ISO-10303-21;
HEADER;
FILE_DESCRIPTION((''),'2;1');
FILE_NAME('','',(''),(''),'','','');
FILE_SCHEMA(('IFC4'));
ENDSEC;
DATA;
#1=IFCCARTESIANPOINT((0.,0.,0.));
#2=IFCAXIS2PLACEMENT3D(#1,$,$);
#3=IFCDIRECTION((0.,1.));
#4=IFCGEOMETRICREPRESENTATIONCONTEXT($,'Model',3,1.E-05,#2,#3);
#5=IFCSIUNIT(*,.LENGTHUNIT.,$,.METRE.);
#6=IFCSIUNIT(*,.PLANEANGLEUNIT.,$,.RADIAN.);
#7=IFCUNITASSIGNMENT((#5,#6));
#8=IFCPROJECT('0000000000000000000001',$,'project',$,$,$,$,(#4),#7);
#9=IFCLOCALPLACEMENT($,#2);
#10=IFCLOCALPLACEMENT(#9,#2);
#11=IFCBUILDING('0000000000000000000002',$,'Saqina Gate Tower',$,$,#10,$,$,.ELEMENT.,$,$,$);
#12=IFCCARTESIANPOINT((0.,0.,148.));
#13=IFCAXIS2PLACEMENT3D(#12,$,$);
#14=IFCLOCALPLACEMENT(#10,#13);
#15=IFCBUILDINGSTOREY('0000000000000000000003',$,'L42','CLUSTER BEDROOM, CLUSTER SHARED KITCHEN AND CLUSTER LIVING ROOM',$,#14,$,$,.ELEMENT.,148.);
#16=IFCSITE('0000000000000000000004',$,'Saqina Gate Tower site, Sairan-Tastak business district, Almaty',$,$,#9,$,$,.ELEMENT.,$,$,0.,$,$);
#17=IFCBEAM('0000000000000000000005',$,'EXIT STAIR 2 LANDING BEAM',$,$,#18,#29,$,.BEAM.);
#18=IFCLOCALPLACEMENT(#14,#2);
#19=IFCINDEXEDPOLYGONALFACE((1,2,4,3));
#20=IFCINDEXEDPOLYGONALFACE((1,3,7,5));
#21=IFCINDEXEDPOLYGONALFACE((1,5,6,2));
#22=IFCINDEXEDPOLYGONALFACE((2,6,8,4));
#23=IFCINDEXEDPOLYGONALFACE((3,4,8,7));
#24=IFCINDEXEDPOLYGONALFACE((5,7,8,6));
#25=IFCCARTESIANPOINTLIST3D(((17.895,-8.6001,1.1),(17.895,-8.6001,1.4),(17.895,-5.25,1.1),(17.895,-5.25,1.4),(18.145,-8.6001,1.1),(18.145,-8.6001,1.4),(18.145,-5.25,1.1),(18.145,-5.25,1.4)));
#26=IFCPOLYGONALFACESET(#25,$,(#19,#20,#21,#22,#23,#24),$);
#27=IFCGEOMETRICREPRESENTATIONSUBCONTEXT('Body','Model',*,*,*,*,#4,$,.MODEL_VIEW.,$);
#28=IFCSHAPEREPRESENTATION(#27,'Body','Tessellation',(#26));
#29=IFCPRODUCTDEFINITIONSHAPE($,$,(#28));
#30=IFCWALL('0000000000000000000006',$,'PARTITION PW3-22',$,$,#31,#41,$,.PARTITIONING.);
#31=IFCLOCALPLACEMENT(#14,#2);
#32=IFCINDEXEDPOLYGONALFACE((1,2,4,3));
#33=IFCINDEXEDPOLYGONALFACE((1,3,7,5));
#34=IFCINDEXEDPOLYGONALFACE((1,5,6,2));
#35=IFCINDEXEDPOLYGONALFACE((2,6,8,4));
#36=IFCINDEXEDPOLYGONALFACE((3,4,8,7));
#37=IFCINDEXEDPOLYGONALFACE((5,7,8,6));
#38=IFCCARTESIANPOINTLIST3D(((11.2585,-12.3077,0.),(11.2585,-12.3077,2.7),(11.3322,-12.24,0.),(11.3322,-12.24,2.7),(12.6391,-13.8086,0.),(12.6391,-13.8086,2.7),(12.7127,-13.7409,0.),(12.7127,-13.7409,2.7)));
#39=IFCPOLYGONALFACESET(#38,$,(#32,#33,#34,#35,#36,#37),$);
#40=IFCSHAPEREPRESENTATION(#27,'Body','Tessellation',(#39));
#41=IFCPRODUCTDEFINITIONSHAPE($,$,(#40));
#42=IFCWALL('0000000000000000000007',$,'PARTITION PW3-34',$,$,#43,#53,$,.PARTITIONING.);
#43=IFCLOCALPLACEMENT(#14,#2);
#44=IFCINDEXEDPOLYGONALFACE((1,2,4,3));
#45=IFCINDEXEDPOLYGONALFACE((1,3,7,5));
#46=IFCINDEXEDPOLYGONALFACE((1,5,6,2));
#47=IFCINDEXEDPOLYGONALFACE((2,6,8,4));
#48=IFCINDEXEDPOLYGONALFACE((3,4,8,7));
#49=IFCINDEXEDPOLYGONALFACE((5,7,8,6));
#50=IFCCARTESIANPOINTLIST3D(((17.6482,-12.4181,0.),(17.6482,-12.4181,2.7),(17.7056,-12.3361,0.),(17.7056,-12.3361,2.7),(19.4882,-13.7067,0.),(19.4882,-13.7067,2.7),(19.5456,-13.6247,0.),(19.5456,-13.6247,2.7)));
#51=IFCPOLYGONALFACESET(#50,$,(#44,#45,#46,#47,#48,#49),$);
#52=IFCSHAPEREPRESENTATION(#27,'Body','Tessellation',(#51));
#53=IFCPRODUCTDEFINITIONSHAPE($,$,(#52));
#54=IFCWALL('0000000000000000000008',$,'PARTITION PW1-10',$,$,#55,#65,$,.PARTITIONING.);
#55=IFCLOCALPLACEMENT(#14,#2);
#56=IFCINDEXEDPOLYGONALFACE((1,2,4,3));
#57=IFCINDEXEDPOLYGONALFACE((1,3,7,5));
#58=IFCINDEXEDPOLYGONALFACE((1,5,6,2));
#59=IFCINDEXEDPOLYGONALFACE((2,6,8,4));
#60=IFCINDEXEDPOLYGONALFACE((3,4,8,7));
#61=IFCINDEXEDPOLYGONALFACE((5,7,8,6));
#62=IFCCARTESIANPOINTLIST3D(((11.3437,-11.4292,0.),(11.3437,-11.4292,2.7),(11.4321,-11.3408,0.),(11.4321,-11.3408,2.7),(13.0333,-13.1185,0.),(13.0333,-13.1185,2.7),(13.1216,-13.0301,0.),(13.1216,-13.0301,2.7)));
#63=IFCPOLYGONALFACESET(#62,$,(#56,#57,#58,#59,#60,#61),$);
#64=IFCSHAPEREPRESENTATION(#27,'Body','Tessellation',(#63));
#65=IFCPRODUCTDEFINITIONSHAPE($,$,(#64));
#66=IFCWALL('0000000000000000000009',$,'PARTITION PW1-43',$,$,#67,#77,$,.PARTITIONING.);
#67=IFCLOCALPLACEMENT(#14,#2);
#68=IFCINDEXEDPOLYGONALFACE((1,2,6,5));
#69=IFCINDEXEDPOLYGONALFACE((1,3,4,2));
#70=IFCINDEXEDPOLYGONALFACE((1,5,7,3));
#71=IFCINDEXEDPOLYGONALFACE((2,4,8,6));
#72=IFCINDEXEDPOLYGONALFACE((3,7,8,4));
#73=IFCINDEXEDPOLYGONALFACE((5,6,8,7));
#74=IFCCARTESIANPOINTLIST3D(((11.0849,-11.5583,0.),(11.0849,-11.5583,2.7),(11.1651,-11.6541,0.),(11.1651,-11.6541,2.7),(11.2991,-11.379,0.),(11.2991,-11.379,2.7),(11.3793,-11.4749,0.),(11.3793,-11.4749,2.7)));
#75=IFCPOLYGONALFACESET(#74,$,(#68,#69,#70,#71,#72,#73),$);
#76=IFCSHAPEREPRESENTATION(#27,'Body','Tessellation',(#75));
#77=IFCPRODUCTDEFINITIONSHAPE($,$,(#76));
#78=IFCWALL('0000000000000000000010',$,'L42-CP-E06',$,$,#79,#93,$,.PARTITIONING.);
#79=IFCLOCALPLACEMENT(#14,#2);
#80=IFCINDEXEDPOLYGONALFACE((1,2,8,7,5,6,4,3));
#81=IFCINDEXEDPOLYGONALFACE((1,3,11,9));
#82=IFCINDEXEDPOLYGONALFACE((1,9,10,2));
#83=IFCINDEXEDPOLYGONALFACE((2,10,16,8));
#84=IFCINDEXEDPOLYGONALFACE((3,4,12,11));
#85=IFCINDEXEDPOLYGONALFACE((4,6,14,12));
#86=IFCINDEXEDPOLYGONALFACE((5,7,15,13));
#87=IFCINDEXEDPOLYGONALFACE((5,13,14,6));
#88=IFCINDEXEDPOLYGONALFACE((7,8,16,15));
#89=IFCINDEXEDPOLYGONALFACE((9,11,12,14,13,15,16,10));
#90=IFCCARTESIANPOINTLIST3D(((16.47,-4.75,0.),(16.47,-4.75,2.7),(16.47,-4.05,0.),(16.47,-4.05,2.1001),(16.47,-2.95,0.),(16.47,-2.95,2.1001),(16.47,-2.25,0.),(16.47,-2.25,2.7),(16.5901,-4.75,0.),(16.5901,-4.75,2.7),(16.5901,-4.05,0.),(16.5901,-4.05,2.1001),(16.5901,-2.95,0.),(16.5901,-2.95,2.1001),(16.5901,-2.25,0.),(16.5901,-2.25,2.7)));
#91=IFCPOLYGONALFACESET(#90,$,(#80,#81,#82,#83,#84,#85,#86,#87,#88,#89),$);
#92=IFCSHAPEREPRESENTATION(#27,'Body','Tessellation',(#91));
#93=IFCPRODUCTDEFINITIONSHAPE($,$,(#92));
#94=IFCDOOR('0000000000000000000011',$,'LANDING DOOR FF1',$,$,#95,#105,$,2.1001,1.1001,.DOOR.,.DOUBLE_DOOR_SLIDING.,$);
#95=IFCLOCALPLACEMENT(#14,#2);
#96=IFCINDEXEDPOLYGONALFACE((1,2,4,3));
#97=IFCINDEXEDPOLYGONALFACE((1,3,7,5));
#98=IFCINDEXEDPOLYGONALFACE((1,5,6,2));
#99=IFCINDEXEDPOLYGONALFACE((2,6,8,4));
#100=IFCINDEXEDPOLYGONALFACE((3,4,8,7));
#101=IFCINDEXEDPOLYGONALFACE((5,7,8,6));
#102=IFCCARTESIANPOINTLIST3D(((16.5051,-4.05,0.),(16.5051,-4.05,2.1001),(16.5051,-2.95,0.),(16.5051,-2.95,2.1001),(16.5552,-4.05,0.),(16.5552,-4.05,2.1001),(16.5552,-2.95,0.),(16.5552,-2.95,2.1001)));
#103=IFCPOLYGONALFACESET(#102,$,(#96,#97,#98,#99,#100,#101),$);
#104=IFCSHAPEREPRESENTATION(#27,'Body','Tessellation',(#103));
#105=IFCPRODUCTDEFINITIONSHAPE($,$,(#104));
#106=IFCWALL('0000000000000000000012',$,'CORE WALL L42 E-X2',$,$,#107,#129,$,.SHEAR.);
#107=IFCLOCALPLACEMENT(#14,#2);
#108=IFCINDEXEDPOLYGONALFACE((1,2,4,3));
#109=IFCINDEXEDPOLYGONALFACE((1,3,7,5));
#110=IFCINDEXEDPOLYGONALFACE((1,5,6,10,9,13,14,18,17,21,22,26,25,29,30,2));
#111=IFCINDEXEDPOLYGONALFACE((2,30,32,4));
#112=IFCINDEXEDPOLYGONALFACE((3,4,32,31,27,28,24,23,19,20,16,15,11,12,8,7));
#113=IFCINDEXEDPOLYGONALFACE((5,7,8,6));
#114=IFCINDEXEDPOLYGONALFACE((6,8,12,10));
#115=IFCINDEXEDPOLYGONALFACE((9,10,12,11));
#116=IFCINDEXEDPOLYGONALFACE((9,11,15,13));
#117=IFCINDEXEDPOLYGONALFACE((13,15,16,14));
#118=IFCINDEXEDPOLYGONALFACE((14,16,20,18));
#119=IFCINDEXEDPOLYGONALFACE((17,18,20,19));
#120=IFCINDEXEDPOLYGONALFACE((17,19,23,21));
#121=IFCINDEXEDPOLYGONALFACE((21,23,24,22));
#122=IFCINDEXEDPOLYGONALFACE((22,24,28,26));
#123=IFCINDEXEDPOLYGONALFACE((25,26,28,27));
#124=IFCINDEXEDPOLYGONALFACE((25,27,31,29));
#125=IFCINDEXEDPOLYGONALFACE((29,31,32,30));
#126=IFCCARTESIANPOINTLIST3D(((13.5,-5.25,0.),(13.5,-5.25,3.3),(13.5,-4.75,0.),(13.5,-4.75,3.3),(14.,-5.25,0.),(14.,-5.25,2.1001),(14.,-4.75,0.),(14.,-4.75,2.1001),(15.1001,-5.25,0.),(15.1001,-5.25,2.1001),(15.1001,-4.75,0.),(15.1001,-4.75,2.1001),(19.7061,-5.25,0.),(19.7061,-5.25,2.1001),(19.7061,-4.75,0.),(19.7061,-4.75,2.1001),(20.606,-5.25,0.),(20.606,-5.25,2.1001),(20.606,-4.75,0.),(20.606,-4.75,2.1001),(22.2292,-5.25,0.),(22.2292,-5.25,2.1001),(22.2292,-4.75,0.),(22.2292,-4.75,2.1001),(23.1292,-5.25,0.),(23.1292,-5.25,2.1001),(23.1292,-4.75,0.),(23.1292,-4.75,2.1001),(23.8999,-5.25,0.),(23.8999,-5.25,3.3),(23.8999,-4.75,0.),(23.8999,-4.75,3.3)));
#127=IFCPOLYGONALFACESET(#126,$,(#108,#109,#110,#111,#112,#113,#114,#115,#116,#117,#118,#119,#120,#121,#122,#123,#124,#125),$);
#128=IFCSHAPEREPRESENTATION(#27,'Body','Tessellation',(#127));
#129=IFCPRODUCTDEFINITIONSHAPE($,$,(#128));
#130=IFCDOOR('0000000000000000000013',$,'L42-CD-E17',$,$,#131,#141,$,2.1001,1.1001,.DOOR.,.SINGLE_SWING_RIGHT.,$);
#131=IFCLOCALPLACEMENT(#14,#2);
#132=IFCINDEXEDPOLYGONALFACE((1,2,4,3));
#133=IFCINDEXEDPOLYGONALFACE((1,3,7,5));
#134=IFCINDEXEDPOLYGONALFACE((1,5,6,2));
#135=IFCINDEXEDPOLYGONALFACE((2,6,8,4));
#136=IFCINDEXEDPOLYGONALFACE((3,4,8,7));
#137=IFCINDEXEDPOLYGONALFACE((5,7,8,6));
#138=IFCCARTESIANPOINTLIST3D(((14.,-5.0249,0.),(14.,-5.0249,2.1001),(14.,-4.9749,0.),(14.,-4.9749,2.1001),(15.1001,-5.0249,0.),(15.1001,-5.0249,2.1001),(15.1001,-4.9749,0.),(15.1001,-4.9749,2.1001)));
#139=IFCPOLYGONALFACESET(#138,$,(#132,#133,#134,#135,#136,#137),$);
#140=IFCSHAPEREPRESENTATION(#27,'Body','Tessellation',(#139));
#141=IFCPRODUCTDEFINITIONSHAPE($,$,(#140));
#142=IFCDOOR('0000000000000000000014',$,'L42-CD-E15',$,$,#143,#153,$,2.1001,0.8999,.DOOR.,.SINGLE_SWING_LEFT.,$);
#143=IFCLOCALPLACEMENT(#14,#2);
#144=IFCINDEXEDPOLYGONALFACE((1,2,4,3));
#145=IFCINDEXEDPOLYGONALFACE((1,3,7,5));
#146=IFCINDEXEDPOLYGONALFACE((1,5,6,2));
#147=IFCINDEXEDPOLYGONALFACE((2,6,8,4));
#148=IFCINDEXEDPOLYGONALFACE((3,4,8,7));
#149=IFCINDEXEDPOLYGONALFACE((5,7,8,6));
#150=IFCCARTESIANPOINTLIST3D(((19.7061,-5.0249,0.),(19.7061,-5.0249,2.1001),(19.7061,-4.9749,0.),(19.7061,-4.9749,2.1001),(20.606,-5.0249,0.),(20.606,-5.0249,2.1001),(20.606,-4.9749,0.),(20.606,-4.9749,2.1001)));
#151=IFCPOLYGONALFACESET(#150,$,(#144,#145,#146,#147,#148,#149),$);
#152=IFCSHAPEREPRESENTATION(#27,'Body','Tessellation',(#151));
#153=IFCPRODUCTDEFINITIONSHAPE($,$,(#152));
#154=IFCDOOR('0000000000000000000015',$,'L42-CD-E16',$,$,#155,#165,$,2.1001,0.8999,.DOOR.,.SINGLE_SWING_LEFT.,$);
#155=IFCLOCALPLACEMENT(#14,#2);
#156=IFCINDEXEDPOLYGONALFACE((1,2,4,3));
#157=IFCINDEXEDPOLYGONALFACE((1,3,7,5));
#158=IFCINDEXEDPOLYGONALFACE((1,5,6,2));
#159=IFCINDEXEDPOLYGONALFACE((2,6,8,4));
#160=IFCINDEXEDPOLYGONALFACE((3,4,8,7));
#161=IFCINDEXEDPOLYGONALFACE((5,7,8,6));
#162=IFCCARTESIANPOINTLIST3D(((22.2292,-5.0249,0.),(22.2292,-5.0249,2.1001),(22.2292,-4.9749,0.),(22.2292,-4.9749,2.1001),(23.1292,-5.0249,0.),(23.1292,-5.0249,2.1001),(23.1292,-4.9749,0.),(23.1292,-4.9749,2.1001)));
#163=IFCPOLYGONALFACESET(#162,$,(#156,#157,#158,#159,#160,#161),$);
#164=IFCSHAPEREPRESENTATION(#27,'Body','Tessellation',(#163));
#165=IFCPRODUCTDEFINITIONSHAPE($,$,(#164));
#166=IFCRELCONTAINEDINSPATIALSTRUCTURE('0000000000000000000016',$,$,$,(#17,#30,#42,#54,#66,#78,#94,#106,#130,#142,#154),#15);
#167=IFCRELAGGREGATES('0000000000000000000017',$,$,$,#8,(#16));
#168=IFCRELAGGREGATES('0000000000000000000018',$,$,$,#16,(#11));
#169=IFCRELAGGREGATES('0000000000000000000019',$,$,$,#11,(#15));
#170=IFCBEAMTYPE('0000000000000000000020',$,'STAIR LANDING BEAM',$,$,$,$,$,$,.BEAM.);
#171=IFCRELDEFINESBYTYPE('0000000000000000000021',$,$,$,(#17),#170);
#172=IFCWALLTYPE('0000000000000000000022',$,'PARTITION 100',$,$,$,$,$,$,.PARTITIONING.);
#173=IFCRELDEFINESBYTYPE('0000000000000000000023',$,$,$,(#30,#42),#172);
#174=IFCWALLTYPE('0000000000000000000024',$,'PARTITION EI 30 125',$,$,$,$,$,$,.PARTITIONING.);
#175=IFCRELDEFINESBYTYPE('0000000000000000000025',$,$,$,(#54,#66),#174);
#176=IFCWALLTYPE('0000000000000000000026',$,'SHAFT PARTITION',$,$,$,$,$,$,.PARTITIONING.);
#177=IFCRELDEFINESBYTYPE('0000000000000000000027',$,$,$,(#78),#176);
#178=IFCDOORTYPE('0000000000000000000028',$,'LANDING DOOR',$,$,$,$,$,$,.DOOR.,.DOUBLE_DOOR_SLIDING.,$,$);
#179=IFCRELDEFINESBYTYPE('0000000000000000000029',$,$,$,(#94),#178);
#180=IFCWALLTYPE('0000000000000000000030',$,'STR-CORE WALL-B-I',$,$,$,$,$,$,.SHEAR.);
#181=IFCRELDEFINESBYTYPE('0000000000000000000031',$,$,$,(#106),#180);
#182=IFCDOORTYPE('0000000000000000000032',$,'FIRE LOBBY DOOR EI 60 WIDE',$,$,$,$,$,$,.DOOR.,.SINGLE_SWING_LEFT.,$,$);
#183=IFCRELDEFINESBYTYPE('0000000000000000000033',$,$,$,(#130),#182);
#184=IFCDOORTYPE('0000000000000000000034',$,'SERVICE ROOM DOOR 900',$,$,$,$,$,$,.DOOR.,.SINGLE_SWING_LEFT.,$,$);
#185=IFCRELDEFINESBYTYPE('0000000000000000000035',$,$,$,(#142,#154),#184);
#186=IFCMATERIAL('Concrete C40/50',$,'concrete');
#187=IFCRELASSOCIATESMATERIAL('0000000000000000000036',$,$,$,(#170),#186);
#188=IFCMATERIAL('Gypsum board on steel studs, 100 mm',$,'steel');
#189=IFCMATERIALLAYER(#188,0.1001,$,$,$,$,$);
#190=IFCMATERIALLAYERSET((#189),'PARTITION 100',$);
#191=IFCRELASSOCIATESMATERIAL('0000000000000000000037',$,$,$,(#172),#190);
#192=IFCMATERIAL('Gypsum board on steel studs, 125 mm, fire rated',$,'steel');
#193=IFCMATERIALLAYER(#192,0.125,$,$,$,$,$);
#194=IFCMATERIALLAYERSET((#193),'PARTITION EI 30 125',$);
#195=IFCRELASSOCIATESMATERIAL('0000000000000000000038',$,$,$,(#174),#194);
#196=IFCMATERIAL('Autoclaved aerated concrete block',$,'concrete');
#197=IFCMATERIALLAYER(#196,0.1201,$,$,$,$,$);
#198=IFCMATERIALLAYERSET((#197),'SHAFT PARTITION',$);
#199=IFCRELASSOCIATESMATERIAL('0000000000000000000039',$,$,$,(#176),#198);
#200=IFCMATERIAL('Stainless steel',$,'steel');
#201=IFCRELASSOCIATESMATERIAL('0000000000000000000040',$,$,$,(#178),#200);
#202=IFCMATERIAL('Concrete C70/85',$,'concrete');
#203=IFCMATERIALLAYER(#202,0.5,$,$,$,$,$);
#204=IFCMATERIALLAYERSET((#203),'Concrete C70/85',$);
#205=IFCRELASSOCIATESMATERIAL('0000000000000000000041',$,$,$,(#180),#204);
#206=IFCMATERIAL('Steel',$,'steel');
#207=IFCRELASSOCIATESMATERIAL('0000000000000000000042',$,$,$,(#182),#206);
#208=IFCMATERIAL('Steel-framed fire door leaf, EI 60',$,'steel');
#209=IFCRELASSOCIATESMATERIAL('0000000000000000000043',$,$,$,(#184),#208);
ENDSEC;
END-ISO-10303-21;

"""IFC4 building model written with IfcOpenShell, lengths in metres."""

from ifc_helpers import new_model, si_unit, direction, frame, frame_2d, origin, origin_2d, place, context, subcontext, project, spatial, rectangle, extrude, material, layer, layer_set, material_profile, profile_set, type_object, element, fill, save


model = new_model("IFC4")

# Units and contexts
model_context = context("Model", 3, precision=1e-05, world=origin(), true_north=direction((0.0, 1.0)))
body_context = subcontext(model_context, "Body", "Model", "MODEL_VIEW")
ifc_project = project(units=[si_unit("LENGTHUNIT", "METRE"), si_unit("PLANEANGLEUNIT", "RADIAN")], contexts=[model_context])

# Site, building, storey
site_placement = place(None, origin())
site = spatial("IfcSite", under=ifc_project, at=site_placement, Name="Saqina Gate Tower site, Sairan-Tastak business district, Almaty", CompositionType="ELEMENT", RefElevation=0.0)
building_placement = place(site_placement, origin())
building = spatial("IfcBuilding", under=site, at=building_placement, Name="Saqina Gate Tower", CompositionType="ELEMENT")
storey_placement = place(building_placement, frame((0.0, 0.0, 148.0)))
storey = spatial("IfcBuildingStorey", under=building, at=storey_placement, Name="L42", Description="CLUSTER BEDROOM, CLUSTER SHARED KITCHEN AND CLUSTER LIVING ROOM", CompositionType="ELEMENT", Elevation=148.0)

# Beam
ifc_material_1 = material(Name="Concrete C40/50", Category="concrete")
ifc_material_profile = material_profile(ifc_material_1, rectangle(XDim=0.25, YDim=0.3, at=origin_2d()), Name="STAIR LANDING BEAM")
ifc_profile_set = profile_set([ifc_material_profile], Name="Concrete C40/50")
beam_type = type_object("IfcBeamType", Name="STAIR LANDING BEAM", PredefinedType="BEAM", material=ifc_profile_set)
beam_placement = place(storey_placement, frame((18.02, -8.6001, 1.25), z_axis=(0.0, 1.0, 0.0), x_axis=(-1.0, 0.0, 0.0)))
element("IfcBeam", 1, at=beam_placement, inside=storey, type_object=beam_type, Name="EXIT STAIR 2 LANDING BEAM", PredefinedType="BEAM", context=body_context, shape_type="SweptSolid", body=[
    extrude(rectangle(XDim=0.25, YDim=0.3, at=origin_2d()), origin(), (0.0, 0.0, 1.0), 3.3501),
])

# Walls
ifc_material_2 = material(Name="Gypsum board on steel studs, 100 mm", Category="steel")
ifc_layer_1 = layer(ifc_material_2, 0.1001)
ifc_layer_set_1 = layer_set([ifc_layer_1], Name="PARTITION 100")
wall_type_1 = type_object("IfcWallType", Name="PARTITION 100", PredefinedType="PARTITIONING", material=ifc_layer_set_1)
wall_1_placement = place(storey_placement, frame((11.2954, -12.2739, 0.0), z_axis=(0.0, 0.0, 1.0), x_axis=(0.676981, -0.736, 0.0)))
element("IfcWall", 2, at=wall_1_placement, inside=storey, type_object=wall_type_1, Name="PARTITION PW3-22", PredefinedType="PARTITIONING", context=body_context, shape_type="SweptSolid", body=[
    extrude(rectangle(XDim=2.0393, YDim=0.1001, at=frame_2d((1.0195, 0.0))), origin(), (0.0, 0.0, 1.0), 2.7),
])
wall_2_placement = place(storey_placement, frame((17.677, -12.3772, 0.0), z_axis=(0.0, 0.0, 1.0), x_axis=(0.819125, -0.573616, 0.0)))
element("IfcWall", 3, at=wall_2_placement, inside=storey, type_object=wall_type_1, Name="PARTITION PW3-34", PredefinedType="PARTITIONING", context=body_context, shape_type="SweptSolid", body=[
    extrude(rectangle(XDim=2.2463, YDim=0.1001, at=frame_2d((1.123, 0.0))), origin(), (0.0, 0.0, 1.0), 2.7),
])
ifc_material_3 = material(Name="Gypsum board on steel studs, 125 mm, fire rated", Category="steel")
ifc_layer_2 = layer(ifc_material_3, 0.125)
ifc_layer_set_2 = layer_set([ifc_layer_2], Name="PARTITION EI 30 125")
wall_type_2 = type_object("IfcWallType", Name="PARTITION EI 30 125", PredefinedType="PARTITIONING", material=ifc_layer_set_2)
wall_3_placement = place(storey_placement, frame((11.3879, -11.385, 0.0), z_axis=(0.0, 0.0, 1.0), x_axis=(0.707158, -0.707056, 0.0)))
element("IfcWall", 4, at=wall_3_placement, inside=storey, type_object=wall_type_2, Name="PARTITION PW1-10", PredefinedType="PARTITIONING", context=body_context, shape_type="SweptSolid", body=[
    extrude(rectangle(XDim=2.3892, YDim=0.125, at=frame_2d((1.1946, 0.0))), origin(), (0.0, 0.0, 1.0), 2.7),
])
wall_4_placement = place(storey_placement, frame((11.125, -11.6062, 0.0), z_axis=(0.0, 0.0, 1.0), x_axis=(0.766858, 0.641817, 0.0)))
element("IfcWall", 5, at=wall_4_placement, inside=storey, type_object=wall_type_2, Name="PARTITION PW1-43", PredefinedType="PARTITIONING", context=body_context, shape_type="SweptSolid", body=[
    extrude(rectangle(XDim=0.2793, YDim=0.125, at=frame_2d((0.1396, 0.0))), origin(), (0.0, 0.0, 1.0), 2.7),
])

# Wall, opening, door
ifc_material_4 = material(Name="Autoclaved aerated concrete block", Category="concrete")
ifc_layer_3 = layer(ifc_material_4, 0.1201)
ifc_layer_set_3 = layer_set([ifc_layer_3], Name="SHAFT PARTITION")
wall_type_3 = type_object("IfcWallType", Name="SHAFT PARTITION", PredefinedType="PARTITIONING", material=ifc_layer_set_3)
wall_5_placement = place(storey_placement, frame((16.53, -4.75, 0.0), z_axis=(0.0, 0.0, 1.0), x_axis=(0.0, 1.0, 0.0)))
wall_5 = element("IfcWall", 6, at=wall_5_placement, inside=storey, type_object=wall_type_3, Name="L42-CP-E06", PredefinedType="PARTITIONING", context=body_context, shape_type="SweptSolid", body=[
    extrude(rectangle(XDim=2.5, YDim=0.1201, at=frame_2d((1.25, 0.0))), origin(), (0.0, 0.0, 1.0), 2.7),
])
opening_1_placement = place(wall_5_placement, frame((0.7, 0.0, 0.0)))
opening_1 = element("IfcOpeningElement", 7, at=opening_1_placement, cuts=wall_5, PredefinedType="OPENING", context=body_context, shape_type="SweptSolid", body=[
    extrude(rectangle(XDim=1.1001, YDim=2.1001, at=frame_2d((0.55, 1.05))), frame((0.0, 0.072, 0.0), z_axis=(0.0, -1.0, 0.0), x_axis=(1.0, 0.0, 0.0)), (0.0, 0.0, 1.0), 0.144),
])
ifc_material_5 = material(Name="Stainless steel", Category="steel")
door_type_1 = type_object("IfcDoorType", Name="LANDING DOOR", OperationType="DOUBLE_DOOR_SLIDING", PredefinedType="DOOR", material=ifc_material_5)
door_1_placement = place(opening_1_placement, origin())
door_1 = element("IfcDoor", 8, at=door_1_placement, inside=storey, type_object=door_type_1, Name="LANDING DOOR FF1", OperationType="DOUBLE_DOOR_SLIDING", OverallHeight=2.1001, OverallWidth=1.1001, PredefinedType="DOOR", context=body_context, shape_type="SweptSolid", body=[
    extrude(rectangle(XDim=1.1001, YDim=2.1001, at=frame_2d((0.55, 1.05))), frame((0.0, 0.0249, 0.0), z_axis=(0.0, -1.0, 0.0), x_axis=(1.0, 0.0, 0.0)), (0.0, 0.0, 1.0), 0.05),
])
fill(opening_1, door_1)

# Wall, openings, doors
ifc_material_6 = material(Name="Concrete C70/85", Category="concrete")
ifc_layer_4 = layer(ifc_material_6, 0.5)
ifc_layer_set_4 = layer_set([ifc_layer_4], Name="Concrete C70/85")
wall_type_4 = type_object("IfcWallType", Name="STR-CORE WALL-B-I", PredefinedType="SHEAR", material=ifc_layer_set_4)
wall_6_placement = place(storey_placement, frame((13.5, -5.0, 0.0), z_axis=(0.0, 0.0, 1.0), x_axis=(1.0, 0.0, 0.0)))
wall_6 = element("IfcWall", 9, at=wall_6_placement, inside=storey, type_object=wall_type_4, Name="CORE WALL L42 E-X2", PredefinedType="SHEAR", context=body_context, shape_type="SweptSolid", body=[
    extrude(rectangle(XDim=10.3999, YDim=0.5, at=frame_2d((5.2, 0.0))), origin(), (0.0, 0.0, 1.0), 3.3),
])
opening_2_placement = place(wall_6_placement, frame((6.2061, 0.0, 0.0)))
opening_2 = element("IfcOpeningElement", 10, at=opening_2_placement, cuts=wall_6, PredefinedType="OPENING", context=body_context, shape_type="SweptSolid", body=[
    extrude(rectangle(XDim=0.8999, YDim=2.1001, at=frame_2d((0.45, 1.05))), frame((0.0, 0.262, 0.0), z_axis=(0.0, -1.0, 0.0), x_axis=(1.0, 0.0, 0.0)), (0.0, 0.0, 1.0), 0.5239),
])
opening_3_placement = place(wall_6_placement, frame((8.7292, 0.0, 0.0)))
opening_3 = element("IfcOpeningElement", 11, at=opening_3_placement, cuts=wall_6, PredefinedType="OPENING", context=body_context, shape_type="SweptSolid", body=[
    extrude(rectangle(XDim=0.8999, YDim=2.1001, at=frame_2d((0.45, 1.05))), frame((0.0, 0.262, 0.0), z_axis=(0.0, -1.0, 0.0), x_axis=(1.0, 0.0, 0.0)), (0.0, 0.0, 1.0), 0.5239),
])
opening_4_placement = place(wall_6_placement, frame((0.5, 0.0, 0.0)))
opening_4 = element("IfcOpeningElement", 12, at=opening_4_placement, cuts=wall_6, PredefinedType="OPENING", context=body_context, shape_type="SweptSolid", body=[
    extrude(rectangle(XDim=1.1001, YDim=2.1001, at=frame_2d((0.55, 1.05))), frame((0.0, 0.262, 0.0), z_axis=(0.0, -1.0, 0.0), x_axis=(1.0, 0.0, 0.0)), (0.0, 0.0, 1.0), 0.5239),
])
ifc_material_7 = material(Name="Steel", Category="steel")
door_type_2 = type_object("IfcDoorType", Name="FIRE LOBBY DOOR EI 60 WIDE", OperationType="SINGLE_SWING_LEFT", PredefinedType="DOOR", material=ifc_material_7)
door_2_placement = place(opening_4_placement, frame((1.1001, 0.0, 0.0), z_axis=(0.0, 0.0, 1.0), x_axis=(-1.0, 0.0, 0.0)))
door_2 = element("IfcDoor", 13, at=door_2_placement, inside=storey, type_object=door_type_2, Name="L42-CD-E17", OperationType="SINGLE_SWING_RIGHT", OverallHeight=2.1001, OverallWidth=1.1001, PredefinedType="DOOR", context=body_context, shape_type="SweptSolid", body=[
    extrude(rectangle(XDim=1.1001, YDim=2.1001, at=frame_2d((0.55, 1.05))), frame((0.0, 0.0249, 0.0), z_axis=(0.0, -1.0, 0.0), x_axis=(1.0, 0.0, 0.0)), (0.0, 0.0, 1.0), 0.05),
])
fill(opening_4, door_2)
ifc_material_8 = material(Name="Steel-framed fire door leaf, EI 60", Category="steel")
door_type_3 = type_object("IfcDoorType", Name="SERVICE ROOM DOOR 900", OperationType="SINGLE_SWING_LEFT", PredefinedType="DOOR", material=ifc_material_8)
door_3_placement = place(opening_2_placement, frame((0.8999, 0.0, 0.0), z_axis=(0.0, 0.0, 1.0), x_axis=(-1.0, 0.0, 0.0)))
door_3 = element("IfcDoor", 14, at=door_3_placement, inside=storey, type_object=door_type_3, Name="L42-CD-E15", OperationType="SINGLE_SWING_LEFT", OverallHeight=2.1001, OverallWidth=0.8999, PredefinedType="DOOR", context=body_context, shape_type="SweptSolid", body=[
    extrude(rectangle(XDim=0.8999, YDim=2.1001, at=frame_2d((0.45, 1.05))), frame((0.0, 0.0249, 0.0), z_axis=(0.0, -1.0, 0.0), x_axis=(1.0, 0.0, 0.0)), (0.0, 0.0, 1.0), 0.05),
])
fill(opening_2, door_3)
door_4_placement = place(opening_3_placement, frame((0.8999, 0.0, 0.0), z_axis=(0.0, 0.0, 1.0), x_axis=(-1.0, 0.0, 0.0)))
door_4 = element("IfcDoor", 15, at=door_4_placement, inside=storey, type_object=door_type_3, Name="L42-CD-E16", OperationType="SINGLE_SWING_LEFT", OverallHeight=2.1001, OverallWidth=0.8999, PredefinedType="DOOR", context=body_context, shape_type="SweptSolid", body=[
    extrude(rectangle(XDim=0.8999, YDim=2.1001, at=frame_2d((0.45, 1.05))), frame((0.0, 0.0249, 0.0), z_axis=(0.0, -1.0, 0.0), x_axis=(1.0, 0.0, 0.0)), (0.0, 0.0, 1.0), 0.05),
])
fill(opening_3, door_4)

save(model, "model.ifc")
